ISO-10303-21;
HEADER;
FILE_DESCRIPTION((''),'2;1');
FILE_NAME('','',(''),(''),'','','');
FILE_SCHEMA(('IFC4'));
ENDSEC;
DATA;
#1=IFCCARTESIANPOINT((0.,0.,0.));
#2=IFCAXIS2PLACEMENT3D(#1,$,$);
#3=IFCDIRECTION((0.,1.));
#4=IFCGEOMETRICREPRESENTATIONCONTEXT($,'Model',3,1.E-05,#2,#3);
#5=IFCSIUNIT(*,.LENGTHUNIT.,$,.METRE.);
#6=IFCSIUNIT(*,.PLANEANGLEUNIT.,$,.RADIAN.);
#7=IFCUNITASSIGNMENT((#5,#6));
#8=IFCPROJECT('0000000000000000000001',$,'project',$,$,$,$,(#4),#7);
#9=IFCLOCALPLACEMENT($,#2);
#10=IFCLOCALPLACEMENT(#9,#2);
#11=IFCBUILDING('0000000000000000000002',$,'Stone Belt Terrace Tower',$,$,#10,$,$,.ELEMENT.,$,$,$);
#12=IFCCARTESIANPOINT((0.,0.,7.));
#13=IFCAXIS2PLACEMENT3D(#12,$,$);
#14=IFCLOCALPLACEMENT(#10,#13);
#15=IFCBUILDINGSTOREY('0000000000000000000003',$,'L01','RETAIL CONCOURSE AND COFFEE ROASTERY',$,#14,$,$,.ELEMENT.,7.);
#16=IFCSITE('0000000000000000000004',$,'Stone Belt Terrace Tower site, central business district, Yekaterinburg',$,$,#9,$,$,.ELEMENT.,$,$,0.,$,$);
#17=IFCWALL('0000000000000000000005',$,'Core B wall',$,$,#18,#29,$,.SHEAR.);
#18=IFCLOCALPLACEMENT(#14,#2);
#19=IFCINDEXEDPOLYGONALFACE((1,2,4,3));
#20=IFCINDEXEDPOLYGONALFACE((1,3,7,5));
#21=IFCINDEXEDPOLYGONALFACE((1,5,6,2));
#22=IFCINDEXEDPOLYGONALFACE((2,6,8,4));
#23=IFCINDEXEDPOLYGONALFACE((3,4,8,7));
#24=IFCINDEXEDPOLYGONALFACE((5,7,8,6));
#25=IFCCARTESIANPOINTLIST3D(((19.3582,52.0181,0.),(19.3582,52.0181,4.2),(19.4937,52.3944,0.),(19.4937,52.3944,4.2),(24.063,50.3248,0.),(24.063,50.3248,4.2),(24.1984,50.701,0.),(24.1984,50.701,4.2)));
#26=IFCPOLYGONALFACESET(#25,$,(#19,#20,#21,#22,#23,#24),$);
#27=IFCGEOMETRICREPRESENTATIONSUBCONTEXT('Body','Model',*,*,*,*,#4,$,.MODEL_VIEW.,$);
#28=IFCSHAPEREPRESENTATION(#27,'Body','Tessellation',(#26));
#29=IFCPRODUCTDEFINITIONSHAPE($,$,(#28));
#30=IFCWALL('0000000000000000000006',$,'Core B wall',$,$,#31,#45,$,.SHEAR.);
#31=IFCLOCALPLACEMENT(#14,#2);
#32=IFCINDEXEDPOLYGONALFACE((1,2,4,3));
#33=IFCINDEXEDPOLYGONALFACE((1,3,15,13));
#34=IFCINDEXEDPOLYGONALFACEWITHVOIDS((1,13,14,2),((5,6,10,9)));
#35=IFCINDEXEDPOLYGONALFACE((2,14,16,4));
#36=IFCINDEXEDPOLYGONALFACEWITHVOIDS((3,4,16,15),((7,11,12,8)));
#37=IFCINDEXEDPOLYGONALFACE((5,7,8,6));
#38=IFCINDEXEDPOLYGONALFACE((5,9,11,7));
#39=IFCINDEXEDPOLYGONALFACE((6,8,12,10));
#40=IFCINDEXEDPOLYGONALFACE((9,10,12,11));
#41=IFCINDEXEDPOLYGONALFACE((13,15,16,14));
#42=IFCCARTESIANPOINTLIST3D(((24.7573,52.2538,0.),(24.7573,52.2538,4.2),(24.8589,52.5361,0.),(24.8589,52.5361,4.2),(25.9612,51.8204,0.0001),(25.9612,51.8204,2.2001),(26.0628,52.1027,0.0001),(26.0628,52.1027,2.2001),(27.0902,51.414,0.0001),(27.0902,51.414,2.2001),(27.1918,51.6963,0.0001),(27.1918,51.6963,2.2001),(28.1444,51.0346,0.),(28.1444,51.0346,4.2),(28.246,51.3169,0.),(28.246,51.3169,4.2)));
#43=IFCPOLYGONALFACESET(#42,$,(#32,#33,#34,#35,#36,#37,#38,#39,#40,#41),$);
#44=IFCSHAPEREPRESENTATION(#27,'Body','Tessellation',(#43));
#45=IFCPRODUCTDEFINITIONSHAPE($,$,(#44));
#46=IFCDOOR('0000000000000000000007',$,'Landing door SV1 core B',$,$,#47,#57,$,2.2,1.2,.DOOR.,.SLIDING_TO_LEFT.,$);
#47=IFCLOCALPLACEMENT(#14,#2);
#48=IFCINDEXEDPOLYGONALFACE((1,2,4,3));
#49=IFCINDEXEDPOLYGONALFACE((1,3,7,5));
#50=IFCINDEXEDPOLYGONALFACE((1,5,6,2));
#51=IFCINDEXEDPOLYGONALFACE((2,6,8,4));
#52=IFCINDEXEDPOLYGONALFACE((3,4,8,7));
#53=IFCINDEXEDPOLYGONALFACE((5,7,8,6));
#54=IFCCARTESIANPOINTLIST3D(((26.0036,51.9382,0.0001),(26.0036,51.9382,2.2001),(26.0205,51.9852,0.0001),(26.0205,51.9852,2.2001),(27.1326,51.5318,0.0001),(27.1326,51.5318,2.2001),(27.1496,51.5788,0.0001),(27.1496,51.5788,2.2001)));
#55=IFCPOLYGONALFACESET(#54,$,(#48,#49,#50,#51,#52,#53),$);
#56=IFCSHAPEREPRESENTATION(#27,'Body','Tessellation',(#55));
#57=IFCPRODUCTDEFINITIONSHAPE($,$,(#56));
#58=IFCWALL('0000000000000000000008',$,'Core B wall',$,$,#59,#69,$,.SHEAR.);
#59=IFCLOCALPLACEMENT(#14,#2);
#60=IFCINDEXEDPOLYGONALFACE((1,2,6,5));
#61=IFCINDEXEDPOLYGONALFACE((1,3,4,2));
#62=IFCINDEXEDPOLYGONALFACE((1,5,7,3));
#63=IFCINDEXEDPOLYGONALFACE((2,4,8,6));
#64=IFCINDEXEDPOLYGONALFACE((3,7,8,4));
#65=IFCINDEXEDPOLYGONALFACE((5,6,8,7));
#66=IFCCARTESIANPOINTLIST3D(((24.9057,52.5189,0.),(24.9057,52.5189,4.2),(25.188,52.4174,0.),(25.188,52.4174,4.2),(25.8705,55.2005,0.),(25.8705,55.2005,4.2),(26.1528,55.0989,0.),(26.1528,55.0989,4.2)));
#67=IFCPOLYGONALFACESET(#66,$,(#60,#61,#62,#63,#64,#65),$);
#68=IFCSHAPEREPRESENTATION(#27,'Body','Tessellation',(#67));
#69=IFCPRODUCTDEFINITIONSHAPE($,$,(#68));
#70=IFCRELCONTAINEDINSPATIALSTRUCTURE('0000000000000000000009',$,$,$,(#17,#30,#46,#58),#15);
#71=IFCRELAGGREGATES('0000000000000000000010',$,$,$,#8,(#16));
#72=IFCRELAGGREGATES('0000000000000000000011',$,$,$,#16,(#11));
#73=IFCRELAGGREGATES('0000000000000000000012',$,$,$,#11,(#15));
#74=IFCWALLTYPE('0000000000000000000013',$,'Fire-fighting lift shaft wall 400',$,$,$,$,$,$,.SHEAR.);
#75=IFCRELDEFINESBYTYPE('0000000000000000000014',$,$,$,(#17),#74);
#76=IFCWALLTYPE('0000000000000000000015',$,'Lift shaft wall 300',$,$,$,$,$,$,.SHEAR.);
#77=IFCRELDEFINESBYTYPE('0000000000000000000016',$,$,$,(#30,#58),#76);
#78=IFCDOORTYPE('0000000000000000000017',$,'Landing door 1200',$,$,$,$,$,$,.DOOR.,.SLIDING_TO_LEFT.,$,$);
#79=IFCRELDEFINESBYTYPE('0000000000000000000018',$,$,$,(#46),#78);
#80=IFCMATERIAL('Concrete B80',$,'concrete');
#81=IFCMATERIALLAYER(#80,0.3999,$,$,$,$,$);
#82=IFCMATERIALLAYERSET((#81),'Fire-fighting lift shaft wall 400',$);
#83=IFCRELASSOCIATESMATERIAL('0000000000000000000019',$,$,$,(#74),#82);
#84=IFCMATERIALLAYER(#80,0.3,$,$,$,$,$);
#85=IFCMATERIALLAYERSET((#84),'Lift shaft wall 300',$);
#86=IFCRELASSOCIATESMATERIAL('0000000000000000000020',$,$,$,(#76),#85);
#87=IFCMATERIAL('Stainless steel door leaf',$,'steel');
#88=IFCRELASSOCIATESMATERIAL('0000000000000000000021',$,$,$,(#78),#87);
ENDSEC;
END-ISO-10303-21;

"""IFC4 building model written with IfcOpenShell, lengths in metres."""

from ifc_helpers import new_model, si_unit, direction, frame, frame_2d, origin, place, context, subcontext, project, spatial, rectangle, extrude, material, layer, layer_set, type_object, element, fill, save


model = new_model("IFC4")

# Units and contexts
model_context = context("Model", 3, precision=1e-05, world=origin(), true_north=direction((0.0, 1.0)))
body_context = subcontext(model_context, "Body", "Model", "MODEL_VIEW")
ifc_project = project(units=[si_unit("LENGTHUNIT", "METRE"), si_unit("PLANEANGLEUNIT", "RADIAN")], contexts=[model_context])

# Site, building, storey
site_placement = place(None, origin())
site = spatial("IfcSite", under=ifc_project, at=site_placement, Name="Stone Belt Terrace Tower site, central business district, Yekaterinburg", CompositionType="ELEMENT", RefElevation=0.0)
building_placement = place(site_placement, origin())
building = spatial("IfcBuilding", under=site, at=building_placement, Name="Stone Belt Terrace Tower", CompositionType="ELEMENT")
storey_placement = place(building_placement, frame((0.0, 0.0, 7.0)))
storey = spatial("IfcBuildingStorey", under=building, at=storey_placement, Name="L01", Description="RETAIL CONCOURSE AND COFFEE ROASTERY", CompositionType="ELEMENT", Elevation=7.0)

# Shared definitions
ifc_material_1 = material(Name="Concrete B80", Category="concrete")

# Wall
ifc_layer_1 = layer(ifc_material_1, 0.3999)
ifc_layer_set_1 = layer_set([ifc_layer_1], Name="Fire-fighting lift shaft wall 400")
wall_type_1 = type_object("IfcWallType", Name="Fire-fighting lift shaft wall 400", PredefinedType="SHEAR", material=ifc_layer_set_1)
wall_1_placement = place(storey_placement, frame((24.1306, 50.5129, 0.0), z_axis=(0.0, 0.0, 1.0), x_axis=(-0.940912, 0.338652, 0.0)))
element("IfcWall", 1, at=wall_1_placement, inside=storey, type_object=wall_type_1, Name="Core B wall", PredefinedType="SHEAR", context=body_context, shape_type="SweptSolid", body=[
    extrude(rectangle(XDim=5.0002, YDim=0.3999, at=frame_2d((2.5, 0.0))), origin(), (0.0, 0.0, 1.0), 4.2),
])

# Wall, opening, door
ifc_layer_2 = layer(ifc_material_1, 0.3)
ifc_layer_set_2 = layer_set([ifc_layer_2], Name="Lift shaft wall 300")
wall_type_2 = type_object("IfcWallType", Name="Lift shaft wall 300", PredefinedType="SHEAR", material=ifc_layer_set_2)
wall_2_placement = place(storey_placement, frame((28.1951, 51.1758, 0.0), z_axis=(0.0, 0.0, 1.0), x_axis=(-0.940901, 0.338681, 0.0)))
wall_2 = element("IfcWall", 2, at=wall_2_placement, inside=storey, type_object=wall_type_2, Name="Core B wall", PredefinedType="SHEAR", context=body_context, shape_type="SweptSolid", body=[
    extrude(rectangle(XDim=3.5999, YDim=0.3, at=frame_2d((1.7998, 0.0))), origin(), (0.0, 0.0, 1.0), 4.2),
])
opening_1_placement = place(wall_2_placement, frame((1.1201, 0.0, 0.0)))
opening_1 = element("IfcOpeningElement", 3, at=opening_1_placement, cuts=wall_2, PredefinedType="OPENING", context=body_context, shape_type="SweptSolid", body=[
    extrude(rectangle(XDim=1.2, YDim=2.2, at=frame_2d((0.6001, 1.1001))), frame((0.0, 0.1599, 0.0), z_axis=(0.0, -1.0, 0.0), x_axis=(1.0, 0.0, 0.0)), (0.0, 0.0, 1.0), 0.3201),
])
ifc_material_2 = material(Name="Stainless steel door leaf", Category="steel")
door_type_1 = type_object("IfcDoorType", Name="Landing door 1200", OperationType="SLIDING_TO_LEFT", PredefinedType="DOOR", material=ifc_material_2)
door_1_placement = place(opening_1_placement, origin())
door_1 = element("IfcDoor", 4, at=door_1_placement, inside=storey, type_object=door_type_1, Name="Landing door SV1 core B", OperationType="SLIDING_TO_LEFT", OverallHeight=2.2, OverallWidth=1.2, PredefinedType="DOOR", context=body_context, shape_type="SweptSolid", body=[
    extrude(rectangle(XDim=1.2, YDim=2.2, at=frame_2d((0.6001, 1.1001))), frame((0.0, 0.0249, 0.0), z_axis=(0.0, -1.0, 0.0), x_axis=(1.0, 0.0, 0.0)), (0.0, 0.0, 1.0), 0.05),
])
fill(opening_1, door_1)

# Wall
wall_3_placement = place(storey_placement, frame((25.0469, 52.4683, 0.0), z_axis=(0.0, 0.0, 1.0), x_axis=(0.33855, 0.940949, 0.0)))
element("IfcWall", 5, at=wall_3_placement, inside=storey, type_object=wall_type_2, Name="Core B wall", PredefinedType="SHEAR", context=body_context, shape_type="SweptSolid", body=[
    extrude(rectangle(XDim=2.8499, YDim=0.3, at=frame_2d((1.4248, 0.0))), origin(), (0.0, 0.0, 1.0), 4.2),
])

save(model, "model.ifc")
